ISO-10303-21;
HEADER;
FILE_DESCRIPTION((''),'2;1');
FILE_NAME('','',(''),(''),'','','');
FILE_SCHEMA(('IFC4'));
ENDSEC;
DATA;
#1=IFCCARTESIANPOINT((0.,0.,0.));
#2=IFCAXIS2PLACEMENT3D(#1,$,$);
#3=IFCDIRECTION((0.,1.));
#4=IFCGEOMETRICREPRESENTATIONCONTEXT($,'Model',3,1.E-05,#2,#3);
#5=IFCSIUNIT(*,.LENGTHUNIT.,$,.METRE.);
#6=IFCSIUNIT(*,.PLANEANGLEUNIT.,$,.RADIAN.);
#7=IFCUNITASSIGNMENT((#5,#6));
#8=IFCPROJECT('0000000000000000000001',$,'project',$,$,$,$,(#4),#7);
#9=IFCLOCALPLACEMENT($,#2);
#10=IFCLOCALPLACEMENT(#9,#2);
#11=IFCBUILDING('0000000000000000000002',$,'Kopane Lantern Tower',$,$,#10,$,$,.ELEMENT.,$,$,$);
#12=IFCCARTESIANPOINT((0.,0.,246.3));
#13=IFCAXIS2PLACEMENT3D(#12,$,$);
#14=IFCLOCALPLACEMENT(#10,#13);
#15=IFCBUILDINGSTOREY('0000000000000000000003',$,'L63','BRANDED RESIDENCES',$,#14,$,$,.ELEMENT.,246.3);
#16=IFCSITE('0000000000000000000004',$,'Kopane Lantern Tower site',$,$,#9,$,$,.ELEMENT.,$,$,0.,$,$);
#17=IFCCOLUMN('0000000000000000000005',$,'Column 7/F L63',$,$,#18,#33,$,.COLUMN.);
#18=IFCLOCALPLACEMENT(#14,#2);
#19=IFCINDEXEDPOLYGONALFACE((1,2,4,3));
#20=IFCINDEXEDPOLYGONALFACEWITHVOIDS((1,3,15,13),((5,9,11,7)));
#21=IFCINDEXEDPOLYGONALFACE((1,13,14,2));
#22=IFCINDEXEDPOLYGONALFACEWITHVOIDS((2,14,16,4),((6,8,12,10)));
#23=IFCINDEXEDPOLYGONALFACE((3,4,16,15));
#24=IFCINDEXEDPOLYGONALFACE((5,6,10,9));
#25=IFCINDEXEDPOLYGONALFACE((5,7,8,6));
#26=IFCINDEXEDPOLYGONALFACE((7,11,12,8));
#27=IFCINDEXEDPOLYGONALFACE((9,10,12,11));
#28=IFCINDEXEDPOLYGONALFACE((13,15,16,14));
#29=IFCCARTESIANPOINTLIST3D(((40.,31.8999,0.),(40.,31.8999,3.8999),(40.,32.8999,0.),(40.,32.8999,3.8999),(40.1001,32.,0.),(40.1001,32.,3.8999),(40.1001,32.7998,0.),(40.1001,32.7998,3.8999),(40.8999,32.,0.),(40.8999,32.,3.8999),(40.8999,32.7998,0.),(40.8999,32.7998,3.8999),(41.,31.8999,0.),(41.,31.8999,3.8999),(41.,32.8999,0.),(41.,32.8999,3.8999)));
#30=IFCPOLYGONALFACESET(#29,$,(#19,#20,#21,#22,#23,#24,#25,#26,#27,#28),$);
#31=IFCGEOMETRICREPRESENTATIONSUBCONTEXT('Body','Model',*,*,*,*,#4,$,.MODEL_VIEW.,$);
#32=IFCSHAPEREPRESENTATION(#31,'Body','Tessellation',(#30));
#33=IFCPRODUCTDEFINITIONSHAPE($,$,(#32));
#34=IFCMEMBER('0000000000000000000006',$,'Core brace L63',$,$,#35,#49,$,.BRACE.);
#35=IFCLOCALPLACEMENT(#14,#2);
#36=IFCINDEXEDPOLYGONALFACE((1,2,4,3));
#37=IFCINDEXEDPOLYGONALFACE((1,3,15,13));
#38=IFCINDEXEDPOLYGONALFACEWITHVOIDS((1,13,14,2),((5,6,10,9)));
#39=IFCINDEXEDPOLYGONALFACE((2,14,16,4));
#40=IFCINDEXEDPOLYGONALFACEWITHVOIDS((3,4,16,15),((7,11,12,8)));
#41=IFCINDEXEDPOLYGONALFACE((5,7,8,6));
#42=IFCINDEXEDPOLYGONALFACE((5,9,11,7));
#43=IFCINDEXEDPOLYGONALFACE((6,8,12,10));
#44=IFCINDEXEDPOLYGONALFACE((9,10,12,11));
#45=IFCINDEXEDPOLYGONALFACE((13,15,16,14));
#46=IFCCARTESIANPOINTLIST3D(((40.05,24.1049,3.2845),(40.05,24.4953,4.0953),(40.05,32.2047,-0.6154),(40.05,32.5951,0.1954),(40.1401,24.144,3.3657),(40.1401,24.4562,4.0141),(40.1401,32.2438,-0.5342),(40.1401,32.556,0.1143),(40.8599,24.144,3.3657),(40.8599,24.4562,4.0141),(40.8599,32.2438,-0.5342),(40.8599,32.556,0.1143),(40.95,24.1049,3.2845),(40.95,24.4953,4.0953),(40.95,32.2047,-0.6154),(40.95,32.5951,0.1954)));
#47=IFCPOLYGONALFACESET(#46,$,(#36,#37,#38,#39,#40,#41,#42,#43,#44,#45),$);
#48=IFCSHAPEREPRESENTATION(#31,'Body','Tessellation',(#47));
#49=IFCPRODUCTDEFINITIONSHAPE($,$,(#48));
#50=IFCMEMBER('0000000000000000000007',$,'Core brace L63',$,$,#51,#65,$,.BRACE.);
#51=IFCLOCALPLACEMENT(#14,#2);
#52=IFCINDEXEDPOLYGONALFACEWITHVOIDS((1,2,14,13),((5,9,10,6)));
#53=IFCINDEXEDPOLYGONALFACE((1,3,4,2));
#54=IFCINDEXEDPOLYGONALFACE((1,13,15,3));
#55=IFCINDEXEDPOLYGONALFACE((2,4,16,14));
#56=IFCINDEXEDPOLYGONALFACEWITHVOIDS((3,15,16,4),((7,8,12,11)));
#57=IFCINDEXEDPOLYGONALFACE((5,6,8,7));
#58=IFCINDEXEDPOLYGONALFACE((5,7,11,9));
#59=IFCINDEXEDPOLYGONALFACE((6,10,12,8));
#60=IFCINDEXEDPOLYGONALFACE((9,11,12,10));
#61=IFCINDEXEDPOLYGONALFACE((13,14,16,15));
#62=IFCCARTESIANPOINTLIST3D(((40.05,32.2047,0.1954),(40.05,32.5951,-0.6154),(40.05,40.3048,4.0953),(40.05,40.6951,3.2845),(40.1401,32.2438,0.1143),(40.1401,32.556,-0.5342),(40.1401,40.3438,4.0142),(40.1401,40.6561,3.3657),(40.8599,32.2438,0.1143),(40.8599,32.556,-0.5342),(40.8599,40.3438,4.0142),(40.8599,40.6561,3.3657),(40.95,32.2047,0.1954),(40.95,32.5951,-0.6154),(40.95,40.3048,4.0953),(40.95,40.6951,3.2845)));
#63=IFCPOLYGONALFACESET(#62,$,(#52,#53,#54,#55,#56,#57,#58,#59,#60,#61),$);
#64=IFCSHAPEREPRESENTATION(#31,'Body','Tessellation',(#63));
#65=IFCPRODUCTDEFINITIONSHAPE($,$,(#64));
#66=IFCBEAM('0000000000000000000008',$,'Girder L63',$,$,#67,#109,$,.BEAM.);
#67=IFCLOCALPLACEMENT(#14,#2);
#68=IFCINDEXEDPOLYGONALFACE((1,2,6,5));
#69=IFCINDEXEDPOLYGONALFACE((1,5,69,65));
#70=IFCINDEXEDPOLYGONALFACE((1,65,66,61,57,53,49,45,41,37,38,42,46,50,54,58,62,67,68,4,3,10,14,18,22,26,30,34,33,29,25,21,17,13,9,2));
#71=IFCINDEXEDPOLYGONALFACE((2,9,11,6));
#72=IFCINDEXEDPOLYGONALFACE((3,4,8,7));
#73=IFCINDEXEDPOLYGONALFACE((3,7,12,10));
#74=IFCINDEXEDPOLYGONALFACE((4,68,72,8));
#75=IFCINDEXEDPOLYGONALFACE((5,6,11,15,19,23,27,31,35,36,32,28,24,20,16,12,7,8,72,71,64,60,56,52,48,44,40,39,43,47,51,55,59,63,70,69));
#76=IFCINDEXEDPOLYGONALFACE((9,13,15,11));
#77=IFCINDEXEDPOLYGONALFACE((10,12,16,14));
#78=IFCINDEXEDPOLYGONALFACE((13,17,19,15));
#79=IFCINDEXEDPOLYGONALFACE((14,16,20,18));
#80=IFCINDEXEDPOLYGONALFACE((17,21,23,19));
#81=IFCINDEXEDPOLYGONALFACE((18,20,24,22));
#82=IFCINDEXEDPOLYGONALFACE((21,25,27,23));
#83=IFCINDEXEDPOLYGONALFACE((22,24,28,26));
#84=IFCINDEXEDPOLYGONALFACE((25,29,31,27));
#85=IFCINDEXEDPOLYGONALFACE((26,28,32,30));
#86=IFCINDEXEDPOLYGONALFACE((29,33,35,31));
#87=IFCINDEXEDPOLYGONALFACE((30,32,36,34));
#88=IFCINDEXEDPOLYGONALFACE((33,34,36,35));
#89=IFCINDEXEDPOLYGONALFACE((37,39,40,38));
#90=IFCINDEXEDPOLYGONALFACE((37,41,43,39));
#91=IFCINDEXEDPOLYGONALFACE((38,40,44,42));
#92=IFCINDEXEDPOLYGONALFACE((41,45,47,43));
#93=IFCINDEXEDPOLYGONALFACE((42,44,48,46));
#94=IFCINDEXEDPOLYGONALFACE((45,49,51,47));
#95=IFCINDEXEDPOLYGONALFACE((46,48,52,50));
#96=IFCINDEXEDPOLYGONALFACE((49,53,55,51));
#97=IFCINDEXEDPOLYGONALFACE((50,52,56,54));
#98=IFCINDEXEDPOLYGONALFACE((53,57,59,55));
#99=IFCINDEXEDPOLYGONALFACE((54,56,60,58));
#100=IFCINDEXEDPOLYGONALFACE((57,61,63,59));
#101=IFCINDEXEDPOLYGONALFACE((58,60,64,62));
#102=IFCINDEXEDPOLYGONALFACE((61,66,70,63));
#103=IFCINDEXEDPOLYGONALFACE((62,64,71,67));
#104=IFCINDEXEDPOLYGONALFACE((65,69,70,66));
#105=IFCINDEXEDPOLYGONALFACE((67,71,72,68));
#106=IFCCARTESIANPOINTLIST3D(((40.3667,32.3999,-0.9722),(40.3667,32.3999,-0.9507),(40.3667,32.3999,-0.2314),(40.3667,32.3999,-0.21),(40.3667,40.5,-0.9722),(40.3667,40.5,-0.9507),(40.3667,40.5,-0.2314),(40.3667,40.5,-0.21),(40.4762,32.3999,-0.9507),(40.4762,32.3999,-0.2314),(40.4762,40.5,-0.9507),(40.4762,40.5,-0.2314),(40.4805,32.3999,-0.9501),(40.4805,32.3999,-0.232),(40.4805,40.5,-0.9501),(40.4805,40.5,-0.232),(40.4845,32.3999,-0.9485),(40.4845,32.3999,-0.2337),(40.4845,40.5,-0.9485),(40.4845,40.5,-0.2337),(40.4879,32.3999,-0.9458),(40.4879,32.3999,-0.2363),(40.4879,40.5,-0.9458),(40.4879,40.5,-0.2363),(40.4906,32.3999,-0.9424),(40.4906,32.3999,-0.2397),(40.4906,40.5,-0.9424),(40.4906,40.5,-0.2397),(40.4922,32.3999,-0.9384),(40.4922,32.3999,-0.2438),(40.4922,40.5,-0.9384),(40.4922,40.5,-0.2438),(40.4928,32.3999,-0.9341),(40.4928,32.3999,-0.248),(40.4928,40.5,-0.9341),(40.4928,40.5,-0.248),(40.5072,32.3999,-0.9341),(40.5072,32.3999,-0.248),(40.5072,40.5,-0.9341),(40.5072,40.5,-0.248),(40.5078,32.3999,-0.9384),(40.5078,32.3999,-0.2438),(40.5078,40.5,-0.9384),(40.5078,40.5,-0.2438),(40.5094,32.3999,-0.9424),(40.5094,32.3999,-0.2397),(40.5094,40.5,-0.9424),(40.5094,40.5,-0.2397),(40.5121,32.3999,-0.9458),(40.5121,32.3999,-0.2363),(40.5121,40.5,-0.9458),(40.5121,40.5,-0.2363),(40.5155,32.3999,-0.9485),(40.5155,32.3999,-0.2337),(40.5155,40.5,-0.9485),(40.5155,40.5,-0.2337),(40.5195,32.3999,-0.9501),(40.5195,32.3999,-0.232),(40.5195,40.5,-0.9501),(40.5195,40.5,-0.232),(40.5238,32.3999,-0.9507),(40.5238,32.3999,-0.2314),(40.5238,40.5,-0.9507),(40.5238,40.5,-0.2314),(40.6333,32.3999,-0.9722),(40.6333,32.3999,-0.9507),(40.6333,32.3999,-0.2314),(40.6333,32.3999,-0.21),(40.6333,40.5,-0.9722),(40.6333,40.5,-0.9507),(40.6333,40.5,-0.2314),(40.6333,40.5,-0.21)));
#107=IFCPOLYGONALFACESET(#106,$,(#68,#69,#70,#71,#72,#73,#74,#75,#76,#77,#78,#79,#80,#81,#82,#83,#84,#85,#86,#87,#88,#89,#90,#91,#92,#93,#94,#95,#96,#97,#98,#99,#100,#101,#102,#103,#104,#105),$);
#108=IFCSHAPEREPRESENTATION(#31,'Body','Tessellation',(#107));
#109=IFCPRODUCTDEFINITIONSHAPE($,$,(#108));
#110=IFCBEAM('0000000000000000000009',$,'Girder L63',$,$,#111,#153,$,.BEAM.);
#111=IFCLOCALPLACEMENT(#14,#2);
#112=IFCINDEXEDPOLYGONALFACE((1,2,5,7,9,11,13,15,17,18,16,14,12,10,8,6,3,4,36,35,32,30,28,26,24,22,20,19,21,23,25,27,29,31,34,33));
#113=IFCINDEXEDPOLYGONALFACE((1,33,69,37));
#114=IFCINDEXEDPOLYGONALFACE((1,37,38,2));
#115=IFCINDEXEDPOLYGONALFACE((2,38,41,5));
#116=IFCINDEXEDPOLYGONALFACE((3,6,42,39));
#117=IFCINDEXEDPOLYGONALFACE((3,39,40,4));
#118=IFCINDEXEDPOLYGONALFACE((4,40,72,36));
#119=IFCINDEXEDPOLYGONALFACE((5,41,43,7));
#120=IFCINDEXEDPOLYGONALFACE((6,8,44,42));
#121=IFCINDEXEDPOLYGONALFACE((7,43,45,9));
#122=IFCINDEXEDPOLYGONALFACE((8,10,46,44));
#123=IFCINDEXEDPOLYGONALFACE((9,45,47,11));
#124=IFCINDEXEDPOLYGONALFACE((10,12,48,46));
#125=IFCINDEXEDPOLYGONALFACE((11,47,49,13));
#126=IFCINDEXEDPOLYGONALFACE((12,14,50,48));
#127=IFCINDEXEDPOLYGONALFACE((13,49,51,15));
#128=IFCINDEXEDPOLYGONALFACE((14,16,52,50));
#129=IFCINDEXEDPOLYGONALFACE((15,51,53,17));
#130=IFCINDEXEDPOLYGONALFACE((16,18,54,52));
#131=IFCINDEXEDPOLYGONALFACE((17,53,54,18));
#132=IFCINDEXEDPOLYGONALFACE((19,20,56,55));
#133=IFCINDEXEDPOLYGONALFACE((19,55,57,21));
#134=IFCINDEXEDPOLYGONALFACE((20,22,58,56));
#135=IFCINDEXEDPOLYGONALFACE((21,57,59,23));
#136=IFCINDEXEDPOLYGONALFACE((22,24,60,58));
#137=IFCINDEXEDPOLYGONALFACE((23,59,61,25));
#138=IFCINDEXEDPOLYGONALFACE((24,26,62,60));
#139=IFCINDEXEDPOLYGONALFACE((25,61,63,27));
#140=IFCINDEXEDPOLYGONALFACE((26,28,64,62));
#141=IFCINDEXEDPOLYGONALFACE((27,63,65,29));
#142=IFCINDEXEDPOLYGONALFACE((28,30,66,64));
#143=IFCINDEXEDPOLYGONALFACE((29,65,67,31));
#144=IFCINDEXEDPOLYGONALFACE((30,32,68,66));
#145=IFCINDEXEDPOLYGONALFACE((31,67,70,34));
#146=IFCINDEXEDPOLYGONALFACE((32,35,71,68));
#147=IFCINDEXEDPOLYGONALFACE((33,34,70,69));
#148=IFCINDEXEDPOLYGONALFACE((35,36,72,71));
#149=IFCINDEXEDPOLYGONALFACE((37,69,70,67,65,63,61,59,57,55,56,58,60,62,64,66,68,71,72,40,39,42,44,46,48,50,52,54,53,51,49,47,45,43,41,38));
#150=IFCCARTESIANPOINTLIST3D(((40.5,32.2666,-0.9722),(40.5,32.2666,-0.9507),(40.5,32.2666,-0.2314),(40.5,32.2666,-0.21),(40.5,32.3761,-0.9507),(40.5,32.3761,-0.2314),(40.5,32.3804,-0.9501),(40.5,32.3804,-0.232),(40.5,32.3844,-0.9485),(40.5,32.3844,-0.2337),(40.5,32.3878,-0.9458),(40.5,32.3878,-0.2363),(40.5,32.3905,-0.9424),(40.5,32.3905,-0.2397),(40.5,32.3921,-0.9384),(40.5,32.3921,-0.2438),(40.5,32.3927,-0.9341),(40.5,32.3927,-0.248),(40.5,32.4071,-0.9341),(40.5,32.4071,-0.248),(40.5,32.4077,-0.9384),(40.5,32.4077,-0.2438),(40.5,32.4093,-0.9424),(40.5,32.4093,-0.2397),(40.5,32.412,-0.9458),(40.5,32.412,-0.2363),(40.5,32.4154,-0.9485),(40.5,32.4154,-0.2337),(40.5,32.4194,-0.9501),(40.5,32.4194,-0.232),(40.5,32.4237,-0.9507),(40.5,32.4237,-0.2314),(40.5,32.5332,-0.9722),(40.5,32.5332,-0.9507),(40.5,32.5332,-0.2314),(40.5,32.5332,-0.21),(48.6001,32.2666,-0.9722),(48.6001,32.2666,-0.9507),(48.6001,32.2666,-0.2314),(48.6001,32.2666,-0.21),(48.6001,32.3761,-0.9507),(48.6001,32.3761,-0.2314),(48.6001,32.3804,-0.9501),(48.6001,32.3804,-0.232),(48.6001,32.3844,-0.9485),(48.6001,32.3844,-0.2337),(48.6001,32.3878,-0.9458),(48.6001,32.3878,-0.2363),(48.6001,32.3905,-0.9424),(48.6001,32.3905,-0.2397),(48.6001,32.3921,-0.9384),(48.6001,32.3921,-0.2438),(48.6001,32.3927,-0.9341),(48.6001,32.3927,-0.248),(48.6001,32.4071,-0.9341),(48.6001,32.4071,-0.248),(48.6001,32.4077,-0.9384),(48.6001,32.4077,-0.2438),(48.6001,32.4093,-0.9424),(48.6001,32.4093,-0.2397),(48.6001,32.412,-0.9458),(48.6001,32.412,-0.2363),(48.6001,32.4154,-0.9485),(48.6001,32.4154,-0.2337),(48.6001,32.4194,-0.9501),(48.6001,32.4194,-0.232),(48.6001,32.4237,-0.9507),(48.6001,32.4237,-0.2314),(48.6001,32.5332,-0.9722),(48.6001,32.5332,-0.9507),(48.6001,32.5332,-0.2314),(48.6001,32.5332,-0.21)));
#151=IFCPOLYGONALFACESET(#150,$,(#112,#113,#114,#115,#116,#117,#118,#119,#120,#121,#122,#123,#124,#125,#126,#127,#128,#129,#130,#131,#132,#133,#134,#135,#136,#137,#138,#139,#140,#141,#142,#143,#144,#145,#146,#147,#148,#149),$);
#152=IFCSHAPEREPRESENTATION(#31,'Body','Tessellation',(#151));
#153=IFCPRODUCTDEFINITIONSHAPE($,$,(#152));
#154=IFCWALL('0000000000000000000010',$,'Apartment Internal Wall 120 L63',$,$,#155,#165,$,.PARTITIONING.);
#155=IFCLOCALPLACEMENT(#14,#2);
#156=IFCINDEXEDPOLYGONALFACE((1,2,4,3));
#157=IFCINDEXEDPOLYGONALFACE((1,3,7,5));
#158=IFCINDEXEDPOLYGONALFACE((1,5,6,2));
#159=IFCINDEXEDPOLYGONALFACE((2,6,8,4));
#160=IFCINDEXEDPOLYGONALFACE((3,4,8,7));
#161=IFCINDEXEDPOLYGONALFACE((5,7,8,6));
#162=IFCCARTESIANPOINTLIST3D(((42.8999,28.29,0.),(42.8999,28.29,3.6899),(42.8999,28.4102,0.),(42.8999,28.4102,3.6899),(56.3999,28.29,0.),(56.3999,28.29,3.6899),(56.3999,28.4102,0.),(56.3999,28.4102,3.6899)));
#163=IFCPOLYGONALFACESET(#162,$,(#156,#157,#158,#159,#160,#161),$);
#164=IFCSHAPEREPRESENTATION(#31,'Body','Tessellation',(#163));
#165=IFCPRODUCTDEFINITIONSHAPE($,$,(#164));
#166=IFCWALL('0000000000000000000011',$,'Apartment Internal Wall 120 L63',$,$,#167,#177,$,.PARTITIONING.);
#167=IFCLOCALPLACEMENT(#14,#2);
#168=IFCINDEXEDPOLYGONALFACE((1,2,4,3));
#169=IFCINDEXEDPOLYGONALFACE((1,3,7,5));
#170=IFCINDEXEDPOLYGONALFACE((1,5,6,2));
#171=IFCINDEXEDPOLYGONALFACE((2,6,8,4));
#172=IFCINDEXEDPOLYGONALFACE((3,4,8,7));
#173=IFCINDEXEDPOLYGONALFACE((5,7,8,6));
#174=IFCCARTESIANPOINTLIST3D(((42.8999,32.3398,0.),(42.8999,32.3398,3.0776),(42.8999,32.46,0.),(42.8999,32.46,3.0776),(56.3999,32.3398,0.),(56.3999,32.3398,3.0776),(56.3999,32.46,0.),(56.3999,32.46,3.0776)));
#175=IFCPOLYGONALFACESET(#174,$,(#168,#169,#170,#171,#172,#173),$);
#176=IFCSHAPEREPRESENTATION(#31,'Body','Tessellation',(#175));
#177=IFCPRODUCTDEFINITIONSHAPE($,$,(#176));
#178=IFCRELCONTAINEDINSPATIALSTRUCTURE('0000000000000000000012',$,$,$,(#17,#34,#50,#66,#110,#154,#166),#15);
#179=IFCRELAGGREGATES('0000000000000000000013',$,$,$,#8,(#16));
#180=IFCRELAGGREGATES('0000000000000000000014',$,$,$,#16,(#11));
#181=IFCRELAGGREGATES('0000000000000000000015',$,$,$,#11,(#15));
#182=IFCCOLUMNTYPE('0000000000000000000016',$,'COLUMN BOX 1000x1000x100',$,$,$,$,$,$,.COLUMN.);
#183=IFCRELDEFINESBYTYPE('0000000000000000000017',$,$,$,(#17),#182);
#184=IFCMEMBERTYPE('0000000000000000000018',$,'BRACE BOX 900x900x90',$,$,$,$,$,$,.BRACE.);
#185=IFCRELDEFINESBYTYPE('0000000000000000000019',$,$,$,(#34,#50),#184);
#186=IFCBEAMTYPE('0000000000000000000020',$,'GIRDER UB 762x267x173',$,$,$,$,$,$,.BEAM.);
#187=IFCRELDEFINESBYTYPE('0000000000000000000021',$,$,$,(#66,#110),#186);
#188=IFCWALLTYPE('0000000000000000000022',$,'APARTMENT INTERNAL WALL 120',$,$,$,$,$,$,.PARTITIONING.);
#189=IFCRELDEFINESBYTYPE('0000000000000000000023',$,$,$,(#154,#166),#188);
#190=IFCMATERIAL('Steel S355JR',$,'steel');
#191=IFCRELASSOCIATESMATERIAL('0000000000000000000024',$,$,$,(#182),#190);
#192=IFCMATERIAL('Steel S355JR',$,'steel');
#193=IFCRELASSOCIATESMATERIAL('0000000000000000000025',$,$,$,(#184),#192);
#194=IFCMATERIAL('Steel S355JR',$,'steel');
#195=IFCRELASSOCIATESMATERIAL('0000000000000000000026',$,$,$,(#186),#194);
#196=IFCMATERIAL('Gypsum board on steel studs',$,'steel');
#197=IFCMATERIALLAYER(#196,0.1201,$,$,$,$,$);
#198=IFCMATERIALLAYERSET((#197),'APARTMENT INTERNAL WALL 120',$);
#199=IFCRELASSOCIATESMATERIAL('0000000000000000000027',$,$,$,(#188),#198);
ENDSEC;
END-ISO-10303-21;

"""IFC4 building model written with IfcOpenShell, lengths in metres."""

from ifc_helpers import new_model, si_unit, direction, frame, frame_2d, origin, origin_2d, place, context, subcontext, project, spatial, rectangle, hollow_rectangle, i_section, extrude, material, layer, layer_set, material_profile, profile_set, type_object, element, save


model = new_model("IFC4")

# Units and contexts
model_context = context("Model", 3, precision=1e-05, world=origin(), true_north=direction((0.0, 1.0)))
body_context = subcontext(model_context, "Body", "Model", "MODEL_VIEW")
ifc_project = project(units=[si_unit("LENGTHUNIT", "METRE"), si_unit("PLANEANGLEUNIT", "RADIAN")], contexts=[model_context])

# Site, building, storey
site_placement = place(None, origin())
site = spatial("IfcSite", under=ifc_project, at=site_placement, Name="Kopane Lantern Tower site", CompositionType="ELEMENT", RefElevation=0.0)
building_placement = place(site_placement, origin())
building = spatial("IfcBuilding", under=site, at=building_placement, Name="Kopane Lantern Tower", CompositionType="ELEMENT")
storey_placement = place(building_placement, frame((0.0, 0.0, 246.3)))
storey = spatial("IfcBuildingStorey", under=building, at=storey_placement, Name="L63", Description="BRANDED RESIDENCES", CompositionType="ELEMENT", Elevation=246.3)

# Column
ifc_material_1 = material(Name="Steel S355JR", Category="steel")
ifc_material_profile_1 = material_profile(ifc_material_1, hollow_rectangle(XDim=1.0, YDim=1.0, WallThickness=0.1001, at=origin_2d()), Name="BOX 1000x1000x100")
ifc_profile_set_1 = profile_set([ifc_material_profile_1], Name="Steel S355JR")
column_type = type_object("IfcColumnType", Name="COLUMN BOX 1000x1000x100", PredefinedType="COLUMN", material=ifc_profile_set_1)
column_placement = place(storey_placement, frame((40.5, 32.3999, 0.0), z_axis=(0.0, 0.0, 1.0), x_axis=(1.0, 0.0, 0.0)))
element("IfcColumn", 1, at=column_placement, inside=storey, type_object=column_type, Name="Column 7/F L63", PredefinedType="COLUMN", context=body_context, shape_type="SweptSolid", body=[
    extrude(hollow_rectangle(XDim=1.0, YDim=1.0, WallThickness=0.1001, at=origin_2d()), origin(), (0.0, 0.0, 1.0), 3.8999),
])

# Members
ifc_material_2 = material(Name="Steel S355JR", Category="steel")
ifc_material_profile_2 = material_profile(ifc_material_2, hollow_rectangle(XDim=0.8999, YDim=0.8999, WallThickness=0.0901, at=origin_2d()), Name="BOX 900x900x90")
ifc_profile_set_2 = profile_set([ifc_material_profile_2], Name="Steel S355JR")
member_type = type_object("IfcMemberType", Name="BRACE BOX 900x900x90", PredefinedType="BRACE", material=ifc_profile_set_2)
member_1_placement = place(storey_placement, frame((40.5, 32.3999, -0.21), z_axis=(0.0, -0.901003, 0.433813), x_axis=(1.0, 0.0, 0.0)))
element("IfcMember", 2, at=member_1_placement, inside=storey, type_object=member_type, Name="Core brace L63", PredefinedType="BRACE", context=body_context, shape_type="SweptSolid", body=[
    extrude(hollow_rectangle(XDim=0.8999, YDim=0.8999, WallThickness=0.0901, at=origin_2d()), origin(), (0.0, 0.0, 1.0), 8.9897),
])
member_2_placement = place(storey_placement, frame((40.5, 32.3999, -0.21), z_axis=(0.0, 0.901008, 0.433803), x_axis=(-1.0, 0.0, 0.0)))
element("IfcMember", 3, at=member_2_placement, inside=storey, type_object=member_type, Name="Core brace L63", PredefinedType="BRACE", context=body_context, shape_type="SweptSolid", body=[
    extrude(hollow_rectangle(XDim=0.8999, YDim=0.8999, WallThickness=0.0901, at=origin_2d()), origin(), (0.0, 0.0, 1.0), 8.99),
])

# Beams
ifc_material_3 = material(Name="Steel S355JR", Category="steel")
ifc_material_profile_3 = material_profile(ifc_material_3, i_section(OverallWidth=0.2666, OverallDepth=0.7622, WebThickness=0.0144, FlangeThickness=0.0215, FilletRadius=0.0166, at=origin_2d()), Name="UB 762x267x173")
ifc_profile_set_3 = profile_set([ifc_material_profile_3], Name="Steel S355JR")
beam_type = type_object("IfcBeamType", Name="GIRDER UB 762x267x173", PredefinedType="BEAM", material=ifc_profile_set_3)
for number, where, z_axis, x_axis, name in (
    (4, (40.5, 32.3999, -0.5911), (0.0, 1.0, 0.0), (-1.0, 0.0, 0.0), "Girder L63"),
    (5, (40.5, 32.3999, -0.5911), (1.0, 0.0, 0.0), (0.0, 1.0, 0.0), "Girder L63"),
):
    element("IfcBeam", number, at=place(storey_placement, frame(where, z_axis=z_axis, x_axis=x_axis)), inside=storey, type_object=beam_type, Name=name, PredefinedType="BEAM", context=body_context, shape_type="SweptSolid", body=[
        extrude(i_section(OverallWidth=0.2666, OverallDepth=0.7622, WebThickness=0.0144, FlangeThickness=0.0215, FilletRadius=0.0166, at=origin_2d()), origin(), (0.0, 0.0, 1.0), 8.1001),
    ])

# Walls
ifc_material_4 = material(Name="Gypsum board on steel studs", Category="steel")
ifc_layer_1 = layer(ifc_material_4, 0.1201)
ifc_layer_set_1 = layer_set([ifc_layer_1], Name="APARTMENT INTERNAL WALL 120")
wall_type_1 = type_object("IfcWallType", Name="APARTMENT INTERNAL WALL 120", PredefinedType="PARTITIONING", material=ifc_layer_set_1)
wall_1_placement = place(storey_placement, frame((42.8999, 28.3501, 0.0), z_axis=(0.0, 0.0, 1.0), x_axis=(1.0, 0.0, 0.0)))
element("IfcWall", 6, at=wall_1_placement, inside=storey, type_object=wall_type_1, Name="Apartment Internal Wall 120 L63", PredefinedType="PARTITIONING", context=body_context, shape_type="SweptSolid", body=[
    extrude(rectangle(XDim=13.5, YDim=0.1201, at=frame_2d((6.75, 0.0))), origin(), (0.0, 0.0, 1.0), 3.6899),
])
wall_2_placement = place(storey_placement, frame((42.8999, 32.3999, 0.0), z_axis=(0.0, 0.0, 1.0), x_axis=(1.0, 0.0, 0.0)))
element("IfcWall", 7, at=wall_2_placement, inside=storey, type_object=wall_type_1, Name="Apartment Internal Wall 120 L63", PredefinedType="PARTITIONING", context=body_context, shape_type="SweptSolid", body=[
    extrude(rectangle(XDim=13.5, YDim=0.1201, at=frame_2d((6.75, 0.0))), origin(), (0.0, 0.0, 1.0), 3.0776),
])

save(model, "model.ifc")
